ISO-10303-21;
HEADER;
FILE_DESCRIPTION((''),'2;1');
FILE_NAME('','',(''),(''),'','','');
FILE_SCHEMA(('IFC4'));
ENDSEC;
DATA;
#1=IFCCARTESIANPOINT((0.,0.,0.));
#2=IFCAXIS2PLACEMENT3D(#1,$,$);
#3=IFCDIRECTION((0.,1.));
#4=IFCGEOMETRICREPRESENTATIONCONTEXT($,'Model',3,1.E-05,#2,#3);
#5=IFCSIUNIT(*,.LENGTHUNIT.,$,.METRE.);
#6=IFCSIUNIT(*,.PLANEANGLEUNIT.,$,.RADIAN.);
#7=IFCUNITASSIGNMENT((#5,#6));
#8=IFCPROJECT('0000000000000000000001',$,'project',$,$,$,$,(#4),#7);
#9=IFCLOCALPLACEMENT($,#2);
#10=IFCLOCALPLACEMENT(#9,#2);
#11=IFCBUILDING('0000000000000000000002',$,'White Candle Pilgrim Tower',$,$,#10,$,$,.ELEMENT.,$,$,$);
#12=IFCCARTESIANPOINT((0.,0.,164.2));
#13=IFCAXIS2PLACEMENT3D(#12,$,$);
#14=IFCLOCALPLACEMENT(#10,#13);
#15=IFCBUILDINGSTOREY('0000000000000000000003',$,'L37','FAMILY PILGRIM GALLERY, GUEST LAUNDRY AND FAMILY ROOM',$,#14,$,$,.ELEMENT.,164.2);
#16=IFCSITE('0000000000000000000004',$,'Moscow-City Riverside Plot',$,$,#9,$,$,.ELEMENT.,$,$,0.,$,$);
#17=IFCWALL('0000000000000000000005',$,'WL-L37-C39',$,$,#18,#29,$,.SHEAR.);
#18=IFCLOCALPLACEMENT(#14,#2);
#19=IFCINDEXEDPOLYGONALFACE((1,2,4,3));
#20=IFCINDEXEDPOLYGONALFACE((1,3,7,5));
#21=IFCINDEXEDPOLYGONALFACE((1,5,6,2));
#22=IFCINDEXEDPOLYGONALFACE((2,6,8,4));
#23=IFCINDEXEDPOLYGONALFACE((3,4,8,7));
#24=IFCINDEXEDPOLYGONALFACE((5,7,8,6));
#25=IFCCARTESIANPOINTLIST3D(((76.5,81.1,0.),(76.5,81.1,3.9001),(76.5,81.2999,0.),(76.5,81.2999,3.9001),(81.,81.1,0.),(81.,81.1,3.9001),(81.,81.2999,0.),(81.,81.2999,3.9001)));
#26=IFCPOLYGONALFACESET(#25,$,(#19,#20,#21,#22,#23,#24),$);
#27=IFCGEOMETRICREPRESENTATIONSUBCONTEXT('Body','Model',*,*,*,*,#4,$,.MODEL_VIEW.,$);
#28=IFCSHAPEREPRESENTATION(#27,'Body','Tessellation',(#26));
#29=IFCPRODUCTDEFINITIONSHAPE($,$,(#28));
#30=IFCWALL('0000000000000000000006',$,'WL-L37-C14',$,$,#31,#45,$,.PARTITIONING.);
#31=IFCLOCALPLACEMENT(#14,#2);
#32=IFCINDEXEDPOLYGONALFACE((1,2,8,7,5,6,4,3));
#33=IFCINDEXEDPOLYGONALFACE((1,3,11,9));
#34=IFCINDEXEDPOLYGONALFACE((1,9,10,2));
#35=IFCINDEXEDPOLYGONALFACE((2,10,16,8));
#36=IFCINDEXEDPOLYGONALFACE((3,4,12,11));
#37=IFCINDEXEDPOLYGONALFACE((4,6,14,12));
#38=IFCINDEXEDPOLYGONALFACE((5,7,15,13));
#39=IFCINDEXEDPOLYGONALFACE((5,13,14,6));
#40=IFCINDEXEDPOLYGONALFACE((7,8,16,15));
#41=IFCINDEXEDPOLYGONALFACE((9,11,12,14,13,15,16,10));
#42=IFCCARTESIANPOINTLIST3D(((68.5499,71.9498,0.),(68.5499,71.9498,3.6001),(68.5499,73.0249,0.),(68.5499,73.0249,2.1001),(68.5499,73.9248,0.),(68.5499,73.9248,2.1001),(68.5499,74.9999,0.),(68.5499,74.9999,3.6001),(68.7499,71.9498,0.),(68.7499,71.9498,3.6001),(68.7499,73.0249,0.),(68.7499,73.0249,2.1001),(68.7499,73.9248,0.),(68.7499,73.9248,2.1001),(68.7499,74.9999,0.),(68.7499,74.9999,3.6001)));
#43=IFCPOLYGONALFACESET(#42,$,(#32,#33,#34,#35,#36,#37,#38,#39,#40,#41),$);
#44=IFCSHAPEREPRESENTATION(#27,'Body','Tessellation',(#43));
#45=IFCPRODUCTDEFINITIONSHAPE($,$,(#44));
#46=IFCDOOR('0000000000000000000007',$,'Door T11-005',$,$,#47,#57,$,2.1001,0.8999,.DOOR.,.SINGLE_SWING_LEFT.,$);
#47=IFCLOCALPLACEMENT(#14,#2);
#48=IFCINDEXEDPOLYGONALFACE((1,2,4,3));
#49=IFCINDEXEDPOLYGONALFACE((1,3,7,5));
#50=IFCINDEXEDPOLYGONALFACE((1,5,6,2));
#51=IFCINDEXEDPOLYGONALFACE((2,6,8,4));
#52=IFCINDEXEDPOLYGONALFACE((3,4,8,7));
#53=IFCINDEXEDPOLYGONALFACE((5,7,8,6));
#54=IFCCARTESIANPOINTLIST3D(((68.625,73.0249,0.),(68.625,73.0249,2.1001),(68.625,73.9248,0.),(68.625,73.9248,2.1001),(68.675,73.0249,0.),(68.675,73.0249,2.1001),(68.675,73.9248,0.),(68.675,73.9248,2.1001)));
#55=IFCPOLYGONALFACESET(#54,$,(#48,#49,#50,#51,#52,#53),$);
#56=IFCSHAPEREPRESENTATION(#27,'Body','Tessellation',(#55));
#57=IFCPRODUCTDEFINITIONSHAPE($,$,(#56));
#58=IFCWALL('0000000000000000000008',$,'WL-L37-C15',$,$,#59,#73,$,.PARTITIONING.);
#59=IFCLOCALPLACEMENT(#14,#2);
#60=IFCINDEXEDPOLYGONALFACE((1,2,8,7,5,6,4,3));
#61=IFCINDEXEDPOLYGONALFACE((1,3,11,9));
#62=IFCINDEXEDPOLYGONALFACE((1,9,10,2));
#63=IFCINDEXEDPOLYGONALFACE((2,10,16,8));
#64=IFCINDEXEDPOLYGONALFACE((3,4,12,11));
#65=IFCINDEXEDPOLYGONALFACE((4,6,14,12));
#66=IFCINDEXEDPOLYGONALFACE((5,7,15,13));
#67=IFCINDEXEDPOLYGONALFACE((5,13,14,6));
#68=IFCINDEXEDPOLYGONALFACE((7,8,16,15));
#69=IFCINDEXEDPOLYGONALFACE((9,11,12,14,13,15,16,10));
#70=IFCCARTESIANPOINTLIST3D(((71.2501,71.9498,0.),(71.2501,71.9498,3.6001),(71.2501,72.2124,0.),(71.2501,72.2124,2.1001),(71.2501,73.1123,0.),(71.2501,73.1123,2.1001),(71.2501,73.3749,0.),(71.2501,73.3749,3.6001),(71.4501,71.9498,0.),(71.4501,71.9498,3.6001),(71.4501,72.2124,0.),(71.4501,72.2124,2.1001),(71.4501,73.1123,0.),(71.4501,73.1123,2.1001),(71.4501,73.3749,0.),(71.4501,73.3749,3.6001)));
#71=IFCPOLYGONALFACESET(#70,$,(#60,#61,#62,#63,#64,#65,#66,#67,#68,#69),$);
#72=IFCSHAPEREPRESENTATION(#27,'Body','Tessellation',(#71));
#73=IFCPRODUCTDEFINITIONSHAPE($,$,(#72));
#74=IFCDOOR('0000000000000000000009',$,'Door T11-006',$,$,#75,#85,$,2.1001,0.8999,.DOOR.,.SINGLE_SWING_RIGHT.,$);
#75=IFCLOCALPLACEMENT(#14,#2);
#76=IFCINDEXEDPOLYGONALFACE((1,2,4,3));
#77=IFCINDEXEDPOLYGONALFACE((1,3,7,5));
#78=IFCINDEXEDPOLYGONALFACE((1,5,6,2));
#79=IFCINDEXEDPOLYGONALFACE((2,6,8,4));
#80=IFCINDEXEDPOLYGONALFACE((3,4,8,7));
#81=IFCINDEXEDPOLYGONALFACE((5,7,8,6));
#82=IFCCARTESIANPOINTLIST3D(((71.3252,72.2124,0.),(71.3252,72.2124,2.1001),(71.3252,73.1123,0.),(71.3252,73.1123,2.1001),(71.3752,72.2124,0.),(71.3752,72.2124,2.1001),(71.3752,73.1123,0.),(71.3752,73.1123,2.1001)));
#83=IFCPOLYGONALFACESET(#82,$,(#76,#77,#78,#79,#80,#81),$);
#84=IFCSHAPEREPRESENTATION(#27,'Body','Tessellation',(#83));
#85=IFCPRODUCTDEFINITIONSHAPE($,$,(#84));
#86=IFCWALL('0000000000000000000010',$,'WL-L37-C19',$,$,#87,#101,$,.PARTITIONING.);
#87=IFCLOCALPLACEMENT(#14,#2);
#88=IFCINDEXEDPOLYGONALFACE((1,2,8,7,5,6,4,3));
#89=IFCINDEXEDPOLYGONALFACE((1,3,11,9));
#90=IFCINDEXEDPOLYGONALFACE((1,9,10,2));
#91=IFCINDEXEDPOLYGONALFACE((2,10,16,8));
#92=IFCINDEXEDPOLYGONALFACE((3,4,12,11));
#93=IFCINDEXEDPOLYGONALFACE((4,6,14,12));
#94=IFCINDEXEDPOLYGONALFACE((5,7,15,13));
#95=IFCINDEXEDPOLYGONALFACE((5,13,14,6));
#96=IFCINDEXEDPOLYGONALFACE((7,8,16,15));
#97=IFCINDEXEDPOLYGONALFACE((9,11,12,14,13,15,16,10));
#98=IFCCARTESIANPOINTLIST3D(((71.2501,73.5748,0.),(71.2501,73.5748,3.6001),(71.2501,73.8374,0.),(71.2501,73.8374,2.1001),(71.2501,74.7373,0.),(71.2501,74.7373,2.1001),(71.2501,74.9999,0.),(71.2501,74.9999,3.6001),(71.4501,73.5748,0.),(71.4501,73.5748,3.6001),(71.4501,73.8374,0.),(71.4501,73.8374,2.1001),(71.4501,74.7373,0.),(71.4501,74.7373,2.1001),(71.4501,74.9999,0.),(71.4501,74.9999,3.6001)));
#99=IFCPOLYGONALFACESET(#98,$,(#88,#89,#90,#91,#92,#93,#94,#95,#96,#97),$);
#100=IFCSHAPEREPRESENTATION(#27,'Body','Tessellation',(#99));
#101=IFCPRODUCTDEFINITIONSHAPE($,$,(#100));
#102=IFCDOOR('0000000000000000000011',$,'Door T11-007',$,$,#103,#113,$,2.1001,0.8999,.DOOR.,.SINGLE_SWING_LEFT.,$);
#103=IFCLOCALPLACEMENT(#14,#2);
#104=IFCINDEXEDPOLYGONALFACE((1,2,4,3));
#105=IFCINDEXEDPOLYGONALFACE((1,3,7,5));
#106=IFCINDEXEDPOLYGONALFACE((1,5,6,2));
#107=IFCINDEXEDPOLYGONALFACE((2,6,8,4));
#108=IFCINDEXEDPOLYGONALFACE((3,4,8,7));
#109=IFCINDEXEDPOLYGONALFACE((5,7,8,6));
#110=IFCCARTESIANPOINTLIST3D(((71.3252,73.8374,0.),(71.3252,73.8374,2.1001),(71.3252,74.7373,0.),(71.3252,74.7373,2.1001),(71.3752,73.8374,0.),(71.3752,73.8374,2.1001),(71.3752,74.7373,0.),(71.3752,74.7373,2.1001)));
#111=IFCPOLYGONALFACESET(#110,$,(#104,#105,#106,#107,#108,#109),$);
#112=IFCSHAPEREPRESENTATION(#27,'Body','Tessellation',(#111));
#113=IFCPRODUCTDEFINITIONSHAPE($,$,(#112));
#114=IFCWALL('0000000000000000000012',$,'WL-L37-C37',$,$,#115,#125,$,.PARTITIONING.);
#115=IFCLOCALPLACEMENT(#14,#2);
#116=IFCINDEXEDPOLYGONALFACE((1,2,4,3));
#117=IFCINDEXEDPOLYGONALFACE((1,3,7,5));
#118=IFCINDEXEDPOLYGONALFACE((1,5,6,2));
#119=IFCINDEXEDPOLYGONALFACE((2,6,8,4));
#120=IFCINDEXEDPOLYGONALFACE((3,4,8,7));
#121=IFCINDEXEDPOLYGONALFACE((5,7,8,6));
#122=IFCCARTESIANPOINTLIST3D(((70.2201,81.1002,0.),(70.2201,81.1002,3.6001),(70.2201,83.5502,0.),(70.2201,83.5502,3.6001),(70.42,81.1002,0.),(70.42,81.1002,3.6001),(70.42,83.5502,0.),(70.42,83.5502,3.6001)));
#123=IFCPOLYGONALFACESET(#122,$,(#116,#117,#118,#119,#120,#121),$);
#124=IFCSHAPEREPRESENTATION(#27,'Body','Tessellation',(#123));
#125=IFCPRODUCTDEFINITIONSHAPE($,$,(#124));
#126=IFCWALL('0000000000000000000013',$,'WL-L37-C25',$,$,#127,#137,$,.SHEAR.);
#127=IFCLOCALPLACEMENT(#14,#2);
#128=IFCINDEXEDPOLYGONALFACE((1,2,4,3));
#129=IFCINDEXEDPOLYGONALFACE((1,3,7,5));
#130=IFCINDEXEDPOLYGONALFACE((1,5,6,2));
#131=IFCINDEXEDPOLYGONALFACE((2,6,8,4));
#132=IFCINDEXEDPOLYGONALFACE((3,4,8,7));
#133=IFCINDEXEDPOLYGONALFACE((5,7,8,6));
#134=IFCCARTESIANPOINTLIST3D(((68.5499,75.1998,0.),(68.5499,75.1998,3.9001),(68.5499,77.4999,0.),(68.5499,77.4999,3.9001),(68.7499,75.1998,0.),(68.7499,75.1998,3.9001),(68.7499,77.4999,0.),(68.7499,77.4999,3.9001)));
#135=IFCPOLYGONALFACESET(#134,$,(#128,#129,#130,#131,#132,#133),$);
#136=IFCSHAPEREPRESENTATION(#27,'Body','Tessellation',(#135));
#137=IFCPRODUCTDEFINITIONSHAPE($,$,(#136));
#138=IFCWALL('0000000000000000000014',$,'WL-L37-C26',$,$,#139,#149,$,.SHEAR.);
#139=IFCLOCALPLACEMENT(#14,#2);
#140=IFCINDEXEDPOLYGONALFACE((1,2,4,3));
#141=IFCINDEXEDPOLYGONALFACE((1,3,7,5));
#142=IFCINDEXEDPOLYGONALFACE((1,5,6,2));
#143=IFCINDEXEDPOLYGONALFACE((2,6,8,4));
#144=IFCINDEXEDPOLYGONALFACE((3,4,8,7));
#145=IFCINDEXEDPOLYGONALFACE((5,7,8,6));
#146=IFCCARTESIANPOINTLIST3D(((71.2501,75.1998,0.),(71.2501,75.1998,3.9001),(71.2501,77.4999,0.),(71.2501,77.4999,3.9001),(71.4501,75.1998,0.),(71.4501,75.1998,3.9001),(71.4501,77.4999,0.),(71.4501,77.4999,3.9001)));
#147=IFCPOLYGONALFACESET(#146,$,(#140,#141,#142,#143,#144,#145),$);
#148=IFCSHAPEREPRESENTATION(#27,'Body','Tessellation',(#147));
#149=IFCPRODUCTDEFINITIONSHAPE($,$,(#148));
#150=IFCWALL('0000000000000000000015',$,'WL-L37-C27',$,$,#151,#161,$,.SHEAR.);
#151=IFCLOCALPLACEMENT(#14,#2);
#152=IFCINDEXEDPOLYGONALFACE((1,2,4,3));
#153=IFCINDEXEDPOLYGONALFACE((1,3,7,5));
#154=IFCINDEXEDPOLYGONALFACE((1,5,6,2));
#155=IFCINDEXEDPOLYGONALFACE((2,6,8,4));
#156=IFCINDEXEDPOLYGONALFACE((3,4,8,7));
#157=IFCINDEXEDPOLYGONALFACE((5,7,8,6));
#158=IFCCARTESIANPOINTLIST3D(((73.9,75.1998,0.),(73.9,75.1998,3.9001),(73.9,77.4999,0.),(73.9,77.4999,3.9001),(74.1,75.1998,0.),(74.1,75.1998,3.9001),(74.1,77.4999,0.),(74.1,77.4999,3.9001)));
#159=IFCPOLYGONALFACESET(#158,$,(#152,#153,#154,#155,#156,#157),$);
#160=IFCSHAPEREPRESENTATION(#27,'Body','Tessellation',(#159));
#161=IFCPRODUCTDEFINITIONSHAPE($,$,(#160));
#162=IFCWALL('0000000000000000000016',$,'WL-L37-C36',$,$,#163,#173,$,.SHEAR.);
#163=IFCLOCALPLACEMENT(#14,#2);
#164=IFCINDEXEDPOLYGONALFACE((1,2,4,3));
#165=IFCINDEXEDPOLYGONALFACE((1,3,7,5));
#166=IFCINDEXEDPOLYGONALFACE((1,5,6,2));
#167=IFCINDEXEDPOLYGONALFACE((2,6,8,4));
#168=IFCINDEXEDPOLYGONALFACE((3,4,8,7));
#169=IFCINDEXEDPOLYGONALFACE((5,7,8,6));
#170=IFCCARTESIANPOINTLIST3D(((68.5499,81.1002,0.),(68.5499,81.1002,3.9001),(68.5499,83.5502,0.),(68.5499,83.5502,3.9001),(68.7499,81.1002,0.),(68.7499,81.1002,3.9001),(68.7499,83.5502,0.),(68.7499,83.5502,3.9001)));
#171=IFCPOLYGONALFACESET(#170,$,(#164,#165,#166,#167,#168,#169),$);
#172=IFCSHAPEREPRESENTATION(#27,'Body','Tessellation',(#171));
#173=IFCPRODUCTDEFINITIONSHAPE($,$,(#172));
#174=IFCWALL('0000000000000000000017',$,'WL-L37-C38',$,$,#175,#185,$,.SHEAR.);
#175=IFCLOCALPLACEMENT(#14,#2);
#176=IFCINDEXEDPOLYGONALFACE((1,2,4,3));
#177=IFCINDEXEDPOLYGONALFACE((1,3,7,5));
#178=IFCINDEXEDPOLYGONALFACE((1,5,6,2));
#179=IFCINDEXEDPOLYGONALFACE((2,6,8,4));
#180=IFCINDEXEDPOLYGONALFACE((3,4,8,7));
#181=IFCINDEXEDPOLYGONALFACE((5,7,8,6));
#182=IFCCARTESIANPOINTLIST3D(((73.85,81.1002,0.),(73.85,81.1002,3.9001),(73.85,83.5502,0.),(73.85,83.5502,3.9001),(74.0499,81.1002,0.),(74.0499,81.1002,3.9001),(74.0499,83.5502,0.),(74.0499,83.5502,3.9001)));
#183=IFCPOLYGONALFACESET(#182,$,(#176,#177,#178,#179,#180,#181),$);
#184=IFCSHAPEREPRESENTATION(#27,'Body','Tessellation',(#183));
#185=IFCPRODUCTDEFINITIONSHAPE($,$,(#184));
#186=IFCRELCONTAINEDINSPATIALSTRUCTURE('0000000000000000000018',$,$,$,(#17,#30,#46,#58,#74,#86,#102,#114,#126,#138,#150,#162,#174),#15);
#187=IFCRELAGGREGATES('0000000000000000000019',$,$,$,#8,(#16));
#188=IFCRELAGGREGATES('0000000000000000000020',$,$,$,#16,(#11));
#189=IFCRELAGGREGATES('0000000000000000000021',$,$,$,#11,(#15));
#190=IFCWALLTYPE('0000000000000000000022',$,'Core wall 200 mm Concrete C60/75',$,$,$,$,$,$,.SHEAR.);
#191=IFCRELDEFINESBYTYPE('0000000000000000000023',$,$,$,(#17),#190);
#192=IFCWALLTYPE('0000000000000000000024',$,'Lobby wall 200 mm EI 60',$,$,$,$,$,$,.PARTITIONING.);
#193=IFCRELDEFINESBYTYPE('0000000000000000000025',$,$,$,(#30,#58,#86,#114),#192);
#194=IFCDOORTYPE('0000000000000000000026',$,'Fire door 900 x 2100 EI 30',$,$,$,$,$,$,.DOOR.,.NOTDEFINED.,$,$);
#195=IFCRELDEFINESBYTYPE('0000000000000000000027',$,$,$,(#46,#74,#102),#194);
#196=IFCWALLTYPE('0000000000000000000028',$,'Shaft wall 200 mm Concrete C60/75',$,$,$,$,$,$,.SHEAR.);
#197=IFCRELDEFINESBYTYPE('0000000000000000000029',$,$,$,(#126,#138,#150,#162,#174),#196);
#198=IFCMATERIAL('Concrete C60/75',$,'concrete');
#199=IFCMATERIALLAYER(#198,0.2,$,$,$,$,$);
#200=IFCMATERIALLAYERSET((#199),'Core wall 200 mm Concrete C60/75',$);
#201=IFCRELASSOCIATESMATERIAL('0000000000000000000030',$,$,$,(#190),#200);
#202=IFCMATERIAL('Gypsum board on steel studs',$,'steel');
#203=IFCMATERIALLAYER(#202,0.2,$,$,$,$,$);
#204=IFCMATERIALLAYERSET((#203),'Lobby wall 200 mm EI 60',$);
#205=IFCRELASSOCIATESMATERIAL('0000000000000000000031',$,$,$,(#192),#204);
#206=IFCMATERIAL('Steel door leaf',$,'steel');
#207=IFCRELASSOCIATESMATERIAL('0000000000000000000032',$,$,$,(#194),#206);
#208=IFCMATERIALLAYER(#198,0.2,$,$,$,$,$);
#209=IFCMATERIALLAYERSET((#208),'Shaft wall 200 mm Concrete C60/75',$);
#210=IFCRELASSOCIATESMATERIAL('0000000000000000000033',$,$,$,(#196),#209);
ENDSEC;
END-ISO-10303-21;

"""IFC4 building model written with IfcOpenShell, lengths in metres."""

from ifc_helpers import new_model, si_unit, direction, frame, frame_2d, origin, place, context, subcontext, project, spatial, rectangle, extrude, material, layer, layer_set, type_object, element, fill, save


model = new_model("IFC4")

# Units and contexts
model_context = context("Model", 3, precision=1e-05, world=origin(), true_north=direction((0.0, 1.0)))
body_context = subcontext(model_context, "Body", "Model", "MODEL_VIEW")
ifc_project = project(units=[si_unit("LENGTHUNIT", "METRE"), si_unit("PLANEANGLEUNIT", "RADIAN")], contexts=[model_context])

# Site, building, storey
site_placement = place(None, origin())
site = spatial("IfcSite", under=ifc_project, at=site_placement, Name="Moscow-City Riverside Plot", CompositionType="ELEMENT", RefElevation=0.0)
building_placement = place(site_placement, origin())
building = spatial("IfcBuilding", under=site, at=building_placement, Name="White Candle Pilgrim Tower", CompositionType="ELEMENT")
storey_placement = place(building_placement, frame((0.0, 0.0, 164.2)))
storey = spatial("IfcBuildingStorey", under=building, at=storey_placement, Name="L37", Description="FAMILY PILGRIM GALLERY, GUEST LAUNDRY AND FAMILY ROOM", CompositionType="ELEMENT", Elevation=164.2)

# Wall
ifc_material_1 = material(Name="Concrete C60/75", Category="concrete")
ifc_layer_1 = layer(ifc_material_1, 0.2)
ifc_layer_set_1 = layer_set([ifc_layer_1], Name="Core wall 200 mm Concrete C60/75")
wall_type_1 = type_object("IfcWallType", Name="Core wall 200 mm Concrete C60/75", PredefinedType="SHEAR", material=ifc_layer_set_1)
wall_1_placement = place(storey_placement, frame((76.5, 81.2, 0.0), z_axis=(0.0, 0.0, 1.0), x_axis=(1.0, 0.0, 0.0)))
element("IfcWall", 1, at=wall_1_placement, inside=storey, type_object=wall_type_1, Name="WL-L37-C39", PredefinedType="SHEAR", context=body_context, shape_type="SweptSolid", body=[
    extrude(rectangle(XDim=4.5, YDim=0.2, at=frame_2d((2.25, 0.0))), origin(), (0.0, 0.0, 1.0), 3.9001),
])

# Walls, openings, doors
ifc_material_2 = material(Name="Gypsum board on steel studs", Category="steel")
ifc_layer_2 = layer(ifc_material_2, 0.2)
ifc_layer_set_2 = layer_set([ifc_layer_2], Name="Lobby wall 200 mm EI 60")
wall_type_2 = type_object("IfcWallType", Name="Lobby wall 200 mm EI 60", PredefinedType="PARTITIONING", material=ifc_layer_set_2)
wall_2_placement = place(storey_placement, frame((68.6499, 71.95, 0.0), z_axis=(0.0, 0.0, 1.0), x_axis=(0.0, 1.0, 0.0)))
wall_2 = element("IfcWall", 2, at=wall_2_placement, inside=storey, type_object=wall_type_2, Name="WL-L37-C14", PredefinedType="PARTITIONING", context=body_context, shape_type="SweptSolid", body=[
    extrude(rectangle(XDim=3.05, YDim=0.2, at=frame_2d((1.5249, 0.0))), origin(), (0.0, 0.0, 1.0), 3.6001),
])
opening_1_placement = place(wall_2_placement, frame((1.075, 0.0, 0.0)))
opening_1 = element("IfcOpeningElement", 3, at=opening_1_placement, cuts=wall_2, PredefinedType="OPENING", context=body_context, shape_type="SweptSolid", body=[
    extrude(rectangle(XDim=0.8999, YDim=2.1001, at=frame_2d((0.45, 1.05))), frame((0.0, 0.1099, 0.0), z_axis=(0.0, -1.0, 0.0), x_axis=(1.0, 0.0, 0.0)), (0.0, 0.0, 1.0), 0.22),
])
ifc_material_3 = material(Name="Steel door leaf", Category="steel")
door_type_1 = type_object("IfcDoorType", Name="Fire door 900 x 2100 EI 30", OperationType="NOTDEFINED", PredefinedType="DOOR", material=ifc_material_3)
door_1_placement = place(opening_1_placement, origin())
door_1 = element("IfcDoor", 4, at=door_1_placement, inside=storey, type_object=door_type_1, Name="Door T11-005", OperationType="SINGLE_SWING_LEFT", OverallHeight=2.1001, OverallWidth=0.8999, PredefinedType="DOOR", context=body_context, shape_type="SweptSolid", body=[
    extrude(rectangle(XDim=0.8999, YDim=2.1001, at=frame_2d((0.45, 1.05))), frame((0.0, 0.0249, 0.0), z_axis=(0.0, -1.0, 0.0), x_axis=(1.0, 0.0, 0.0)), (0.0, 0.0, 1.0), 0.05),
])
fill(opening_1, door_1)
wall_3_placement = place(storey_placement, frame((71.3501, 71.95, 0.0), z_axis=(0.0, 0.0, 1.0), x_axis=(0.0, 1.0, 0.0)))
wall_3 = element("IfcWall", 5, at=wall_3_placement, inside=storey, type_object=wall_type_2, Name="WL-L37-C15", PredefinedType="PARTITIONING", context=body_context, shape_type="SweptSolid", body=[
    extrude(rectangle(XDim=1.425, YDim=0.2, at=frame_2d((0.7124, 0.0))), origin(), (0.0, 0.0, 1.0), 3.6001),
])
opening_2_placement = place(wall_3_placement, frame((0.2625, 0.0, 0.0)))
opening_2 = element("IfcOpeningElement", 6, at=opening_2_placement, cuts=wall_3, PredefinedType="OPENING", context=body_context, shape_type="SweptSolid", body=[
    extrude(rectangle(XDim=0.8999, YDim=2.1001, at=frame_2d((0.45, 1.05))), frame((0.0, 0.1099, 0.0), z_axis=(0.0, -1.0, 0.0), x_axis=(1.0, 0.0, 0.0)), (0.0, 0.0, 1.0), 0.22),
])
door_2_placement = place(opening_2_placement, origin())
door_2 = element("IfcDoor", 7, at=door_2_placement, inside=storey, type_object=door_type_1, Name="Door T11-006", OperationType="SINGLE_SWING_RIGHT", OverallHeight=2.1001, OverallWidth=0.8999, PredefinedType="DOOR", context=body_context, shape_type="SweptSolid", body=[
    extrude(rectangle(XDim=0.8999, YDim=2.1001, at=frame_2d((0.45, 1.05))), frame((0.0, 0.0249, 0.0), z_axis=(0.0, -1.0, 0.0), x_axis=(1.0, 0.0, 0.0)), (0.0, 0.0, 1.0), 0.05),
])
fill(opening_2, door_2)
wall_4_placement = place(storey_placement, frame((71.3501, 73.575, 0.0), z_axis=(0.0, 0.0, 1.0), x_axis=(0.0, 1.0, 0.0)))
wall_4 = element("IfcWall", 8, at=wall_4_placement, inside=storey, type_object=wall_type_2, Name="WL-L37-C19", PredefinedType="PARTITIONING", context=body_context, shape_type="SweptSolid", body=[
    extrude(rectangle(XDim=1.425, YDim=0.2, at=frame_2d((0.7124, 0.0))), origin(), (0.0, 0.0, 1.0), 3.6001),
])
opening_3_placement = place(wall_4_placement, frame((0.2625, 0.0, 0.0)))
opening_3 = element("IfcOpeningElement", 9, at=opening_3_placement, cuts=wall_4, PredefinedType="OPENING", context=body_context, shape_type="SweptSolid", body=[
    extrude(rectangle(XDim=0.8999, YDim=2.1001, at=frame_2d((0.45, 1.05))), frame((0.0, 0.1099, 0.0), z_axis=(0.0, -1.0, 0.0), x_axis=(1.0, 0.0, 0.0)), (0.0, 0.0, 1.0), 0.22),
])
door_3_placement = place(opening_3_placement, origin())
door_3 = element("IfcDoor", 10, at=door_3_placement, inside=storey, type_object=door_type_1, Name="Door T11-007", OperationType="SINGLE_SWING_LEFT", OverallHeight=2.1001, OverallWidth=0.8999, PredefinedType="DOOR", context=body_context, shape_type="SweptSolid", body=[
    extrude(rectangle(XDim=0.8999, YDim=2.1001, at=frame_2d((0.45, 1.05))), frame((0.0, 0.0249, 0.0), z_axis=(0.0, -1.0, 0.0), x_axis=(1.0, 0.0, 0.0)), (0.0, 0.0, 1.0), 0.05),
])
fill(opening_3, door_3)

# Walls
wall_5_placement = place(storey_placement, frame((70.3201, 81.1001, 0.0), z_axis=(0.0, 0.0, 1.0), x_axis=(0.0, 1.0, 0.0)))
element("IfcWall", 11, at=wall_5_placement, inside=storey, type_object=wall_type_2, Name="WL-L37-C37", PredefinedType="PARTITIONING", context=body_context, shape_type="SweptSolid", body=[
    extrude(rectangle(XDim=2.45, YDim=0.2, at=frame_2d((1.2251, 0.0))), origin(), (0.0, 0.0, 1.0), 3.6001),
])
ifc_layer_3 = layer(ifc_material_1, 0.2)
ifc_layer_set_3 = layer_set([ifc_layer_3], Name="Shaft wall 200 mm Concrete C60/75")
wall_type_3 = type_object("IfcWallType", Name="Shaft wall 200 mm Concrete C60/75", PredefinedType="SHEAR", material=ifc_layer_set_3)
for number, where, z_axis, x_axis, name in (
    (12, (68.6499, 75.2, 0.0), (0.0, 0.0, 1.0), (0.0, 1.0, 0.0), "WL-L37-C25"),
    (13, (71.3501, 75.2, 0.0), (0.0, 0.0, 1.0), (0.0, 1.0, 0.0), "WL-L37-C26"),
    (14, (74.0, 75.2, 0.0), (0.0, 0.0, 1.0), (0.0, 1.0, 0.0), "WL-L37-C27"),
):
    element("IfcWall", number, at=place(storey_placement, frame(where, z_axis=z_axis, x_axis=x_axis)), inside=storey, type_object=wall_type_3, Name=name, PredefinedType="SHEAR", context=body_context, shape_type="SweptSolid", body=[
        extrude(rectangle(XDim=2.3, YDim=0.2, at=frame_2d((1.1499, 0.0))), origin(), (0.0, 0.0, 1.0), 3.9001),
    ])
for number, where, z_axis, x_axis, name in (
    (15, (68.6499, 81.1001, 0.0), (0.0, 0.0, 1.0), (0.0, 1.0, 0.0), "WL-L37-C36"),
    (16, (73.95, 81.1001, 0.0), (0.0, 0.0, 1.0), (0.0, 1.0, 0.0), "WL-L37-C38"),
):
    element("IfcWall", number, at=place(storey_placement, frame(where, z_axis=z_axis, x_axis=x_axis)), inside=storey, type_object=wall_type_3, Name=name, PredefinedType="SHEAR", context=body_context, shape_type="SweptSolid", body=[
        extrude(rectangle(XDim=2.45, YDim=0.2, at=frame_2d((1.2251, 0.0))), origin(), (0.0, 0.0, 1.0), 3.9001),
    ])

save(model, "model.ifc")
